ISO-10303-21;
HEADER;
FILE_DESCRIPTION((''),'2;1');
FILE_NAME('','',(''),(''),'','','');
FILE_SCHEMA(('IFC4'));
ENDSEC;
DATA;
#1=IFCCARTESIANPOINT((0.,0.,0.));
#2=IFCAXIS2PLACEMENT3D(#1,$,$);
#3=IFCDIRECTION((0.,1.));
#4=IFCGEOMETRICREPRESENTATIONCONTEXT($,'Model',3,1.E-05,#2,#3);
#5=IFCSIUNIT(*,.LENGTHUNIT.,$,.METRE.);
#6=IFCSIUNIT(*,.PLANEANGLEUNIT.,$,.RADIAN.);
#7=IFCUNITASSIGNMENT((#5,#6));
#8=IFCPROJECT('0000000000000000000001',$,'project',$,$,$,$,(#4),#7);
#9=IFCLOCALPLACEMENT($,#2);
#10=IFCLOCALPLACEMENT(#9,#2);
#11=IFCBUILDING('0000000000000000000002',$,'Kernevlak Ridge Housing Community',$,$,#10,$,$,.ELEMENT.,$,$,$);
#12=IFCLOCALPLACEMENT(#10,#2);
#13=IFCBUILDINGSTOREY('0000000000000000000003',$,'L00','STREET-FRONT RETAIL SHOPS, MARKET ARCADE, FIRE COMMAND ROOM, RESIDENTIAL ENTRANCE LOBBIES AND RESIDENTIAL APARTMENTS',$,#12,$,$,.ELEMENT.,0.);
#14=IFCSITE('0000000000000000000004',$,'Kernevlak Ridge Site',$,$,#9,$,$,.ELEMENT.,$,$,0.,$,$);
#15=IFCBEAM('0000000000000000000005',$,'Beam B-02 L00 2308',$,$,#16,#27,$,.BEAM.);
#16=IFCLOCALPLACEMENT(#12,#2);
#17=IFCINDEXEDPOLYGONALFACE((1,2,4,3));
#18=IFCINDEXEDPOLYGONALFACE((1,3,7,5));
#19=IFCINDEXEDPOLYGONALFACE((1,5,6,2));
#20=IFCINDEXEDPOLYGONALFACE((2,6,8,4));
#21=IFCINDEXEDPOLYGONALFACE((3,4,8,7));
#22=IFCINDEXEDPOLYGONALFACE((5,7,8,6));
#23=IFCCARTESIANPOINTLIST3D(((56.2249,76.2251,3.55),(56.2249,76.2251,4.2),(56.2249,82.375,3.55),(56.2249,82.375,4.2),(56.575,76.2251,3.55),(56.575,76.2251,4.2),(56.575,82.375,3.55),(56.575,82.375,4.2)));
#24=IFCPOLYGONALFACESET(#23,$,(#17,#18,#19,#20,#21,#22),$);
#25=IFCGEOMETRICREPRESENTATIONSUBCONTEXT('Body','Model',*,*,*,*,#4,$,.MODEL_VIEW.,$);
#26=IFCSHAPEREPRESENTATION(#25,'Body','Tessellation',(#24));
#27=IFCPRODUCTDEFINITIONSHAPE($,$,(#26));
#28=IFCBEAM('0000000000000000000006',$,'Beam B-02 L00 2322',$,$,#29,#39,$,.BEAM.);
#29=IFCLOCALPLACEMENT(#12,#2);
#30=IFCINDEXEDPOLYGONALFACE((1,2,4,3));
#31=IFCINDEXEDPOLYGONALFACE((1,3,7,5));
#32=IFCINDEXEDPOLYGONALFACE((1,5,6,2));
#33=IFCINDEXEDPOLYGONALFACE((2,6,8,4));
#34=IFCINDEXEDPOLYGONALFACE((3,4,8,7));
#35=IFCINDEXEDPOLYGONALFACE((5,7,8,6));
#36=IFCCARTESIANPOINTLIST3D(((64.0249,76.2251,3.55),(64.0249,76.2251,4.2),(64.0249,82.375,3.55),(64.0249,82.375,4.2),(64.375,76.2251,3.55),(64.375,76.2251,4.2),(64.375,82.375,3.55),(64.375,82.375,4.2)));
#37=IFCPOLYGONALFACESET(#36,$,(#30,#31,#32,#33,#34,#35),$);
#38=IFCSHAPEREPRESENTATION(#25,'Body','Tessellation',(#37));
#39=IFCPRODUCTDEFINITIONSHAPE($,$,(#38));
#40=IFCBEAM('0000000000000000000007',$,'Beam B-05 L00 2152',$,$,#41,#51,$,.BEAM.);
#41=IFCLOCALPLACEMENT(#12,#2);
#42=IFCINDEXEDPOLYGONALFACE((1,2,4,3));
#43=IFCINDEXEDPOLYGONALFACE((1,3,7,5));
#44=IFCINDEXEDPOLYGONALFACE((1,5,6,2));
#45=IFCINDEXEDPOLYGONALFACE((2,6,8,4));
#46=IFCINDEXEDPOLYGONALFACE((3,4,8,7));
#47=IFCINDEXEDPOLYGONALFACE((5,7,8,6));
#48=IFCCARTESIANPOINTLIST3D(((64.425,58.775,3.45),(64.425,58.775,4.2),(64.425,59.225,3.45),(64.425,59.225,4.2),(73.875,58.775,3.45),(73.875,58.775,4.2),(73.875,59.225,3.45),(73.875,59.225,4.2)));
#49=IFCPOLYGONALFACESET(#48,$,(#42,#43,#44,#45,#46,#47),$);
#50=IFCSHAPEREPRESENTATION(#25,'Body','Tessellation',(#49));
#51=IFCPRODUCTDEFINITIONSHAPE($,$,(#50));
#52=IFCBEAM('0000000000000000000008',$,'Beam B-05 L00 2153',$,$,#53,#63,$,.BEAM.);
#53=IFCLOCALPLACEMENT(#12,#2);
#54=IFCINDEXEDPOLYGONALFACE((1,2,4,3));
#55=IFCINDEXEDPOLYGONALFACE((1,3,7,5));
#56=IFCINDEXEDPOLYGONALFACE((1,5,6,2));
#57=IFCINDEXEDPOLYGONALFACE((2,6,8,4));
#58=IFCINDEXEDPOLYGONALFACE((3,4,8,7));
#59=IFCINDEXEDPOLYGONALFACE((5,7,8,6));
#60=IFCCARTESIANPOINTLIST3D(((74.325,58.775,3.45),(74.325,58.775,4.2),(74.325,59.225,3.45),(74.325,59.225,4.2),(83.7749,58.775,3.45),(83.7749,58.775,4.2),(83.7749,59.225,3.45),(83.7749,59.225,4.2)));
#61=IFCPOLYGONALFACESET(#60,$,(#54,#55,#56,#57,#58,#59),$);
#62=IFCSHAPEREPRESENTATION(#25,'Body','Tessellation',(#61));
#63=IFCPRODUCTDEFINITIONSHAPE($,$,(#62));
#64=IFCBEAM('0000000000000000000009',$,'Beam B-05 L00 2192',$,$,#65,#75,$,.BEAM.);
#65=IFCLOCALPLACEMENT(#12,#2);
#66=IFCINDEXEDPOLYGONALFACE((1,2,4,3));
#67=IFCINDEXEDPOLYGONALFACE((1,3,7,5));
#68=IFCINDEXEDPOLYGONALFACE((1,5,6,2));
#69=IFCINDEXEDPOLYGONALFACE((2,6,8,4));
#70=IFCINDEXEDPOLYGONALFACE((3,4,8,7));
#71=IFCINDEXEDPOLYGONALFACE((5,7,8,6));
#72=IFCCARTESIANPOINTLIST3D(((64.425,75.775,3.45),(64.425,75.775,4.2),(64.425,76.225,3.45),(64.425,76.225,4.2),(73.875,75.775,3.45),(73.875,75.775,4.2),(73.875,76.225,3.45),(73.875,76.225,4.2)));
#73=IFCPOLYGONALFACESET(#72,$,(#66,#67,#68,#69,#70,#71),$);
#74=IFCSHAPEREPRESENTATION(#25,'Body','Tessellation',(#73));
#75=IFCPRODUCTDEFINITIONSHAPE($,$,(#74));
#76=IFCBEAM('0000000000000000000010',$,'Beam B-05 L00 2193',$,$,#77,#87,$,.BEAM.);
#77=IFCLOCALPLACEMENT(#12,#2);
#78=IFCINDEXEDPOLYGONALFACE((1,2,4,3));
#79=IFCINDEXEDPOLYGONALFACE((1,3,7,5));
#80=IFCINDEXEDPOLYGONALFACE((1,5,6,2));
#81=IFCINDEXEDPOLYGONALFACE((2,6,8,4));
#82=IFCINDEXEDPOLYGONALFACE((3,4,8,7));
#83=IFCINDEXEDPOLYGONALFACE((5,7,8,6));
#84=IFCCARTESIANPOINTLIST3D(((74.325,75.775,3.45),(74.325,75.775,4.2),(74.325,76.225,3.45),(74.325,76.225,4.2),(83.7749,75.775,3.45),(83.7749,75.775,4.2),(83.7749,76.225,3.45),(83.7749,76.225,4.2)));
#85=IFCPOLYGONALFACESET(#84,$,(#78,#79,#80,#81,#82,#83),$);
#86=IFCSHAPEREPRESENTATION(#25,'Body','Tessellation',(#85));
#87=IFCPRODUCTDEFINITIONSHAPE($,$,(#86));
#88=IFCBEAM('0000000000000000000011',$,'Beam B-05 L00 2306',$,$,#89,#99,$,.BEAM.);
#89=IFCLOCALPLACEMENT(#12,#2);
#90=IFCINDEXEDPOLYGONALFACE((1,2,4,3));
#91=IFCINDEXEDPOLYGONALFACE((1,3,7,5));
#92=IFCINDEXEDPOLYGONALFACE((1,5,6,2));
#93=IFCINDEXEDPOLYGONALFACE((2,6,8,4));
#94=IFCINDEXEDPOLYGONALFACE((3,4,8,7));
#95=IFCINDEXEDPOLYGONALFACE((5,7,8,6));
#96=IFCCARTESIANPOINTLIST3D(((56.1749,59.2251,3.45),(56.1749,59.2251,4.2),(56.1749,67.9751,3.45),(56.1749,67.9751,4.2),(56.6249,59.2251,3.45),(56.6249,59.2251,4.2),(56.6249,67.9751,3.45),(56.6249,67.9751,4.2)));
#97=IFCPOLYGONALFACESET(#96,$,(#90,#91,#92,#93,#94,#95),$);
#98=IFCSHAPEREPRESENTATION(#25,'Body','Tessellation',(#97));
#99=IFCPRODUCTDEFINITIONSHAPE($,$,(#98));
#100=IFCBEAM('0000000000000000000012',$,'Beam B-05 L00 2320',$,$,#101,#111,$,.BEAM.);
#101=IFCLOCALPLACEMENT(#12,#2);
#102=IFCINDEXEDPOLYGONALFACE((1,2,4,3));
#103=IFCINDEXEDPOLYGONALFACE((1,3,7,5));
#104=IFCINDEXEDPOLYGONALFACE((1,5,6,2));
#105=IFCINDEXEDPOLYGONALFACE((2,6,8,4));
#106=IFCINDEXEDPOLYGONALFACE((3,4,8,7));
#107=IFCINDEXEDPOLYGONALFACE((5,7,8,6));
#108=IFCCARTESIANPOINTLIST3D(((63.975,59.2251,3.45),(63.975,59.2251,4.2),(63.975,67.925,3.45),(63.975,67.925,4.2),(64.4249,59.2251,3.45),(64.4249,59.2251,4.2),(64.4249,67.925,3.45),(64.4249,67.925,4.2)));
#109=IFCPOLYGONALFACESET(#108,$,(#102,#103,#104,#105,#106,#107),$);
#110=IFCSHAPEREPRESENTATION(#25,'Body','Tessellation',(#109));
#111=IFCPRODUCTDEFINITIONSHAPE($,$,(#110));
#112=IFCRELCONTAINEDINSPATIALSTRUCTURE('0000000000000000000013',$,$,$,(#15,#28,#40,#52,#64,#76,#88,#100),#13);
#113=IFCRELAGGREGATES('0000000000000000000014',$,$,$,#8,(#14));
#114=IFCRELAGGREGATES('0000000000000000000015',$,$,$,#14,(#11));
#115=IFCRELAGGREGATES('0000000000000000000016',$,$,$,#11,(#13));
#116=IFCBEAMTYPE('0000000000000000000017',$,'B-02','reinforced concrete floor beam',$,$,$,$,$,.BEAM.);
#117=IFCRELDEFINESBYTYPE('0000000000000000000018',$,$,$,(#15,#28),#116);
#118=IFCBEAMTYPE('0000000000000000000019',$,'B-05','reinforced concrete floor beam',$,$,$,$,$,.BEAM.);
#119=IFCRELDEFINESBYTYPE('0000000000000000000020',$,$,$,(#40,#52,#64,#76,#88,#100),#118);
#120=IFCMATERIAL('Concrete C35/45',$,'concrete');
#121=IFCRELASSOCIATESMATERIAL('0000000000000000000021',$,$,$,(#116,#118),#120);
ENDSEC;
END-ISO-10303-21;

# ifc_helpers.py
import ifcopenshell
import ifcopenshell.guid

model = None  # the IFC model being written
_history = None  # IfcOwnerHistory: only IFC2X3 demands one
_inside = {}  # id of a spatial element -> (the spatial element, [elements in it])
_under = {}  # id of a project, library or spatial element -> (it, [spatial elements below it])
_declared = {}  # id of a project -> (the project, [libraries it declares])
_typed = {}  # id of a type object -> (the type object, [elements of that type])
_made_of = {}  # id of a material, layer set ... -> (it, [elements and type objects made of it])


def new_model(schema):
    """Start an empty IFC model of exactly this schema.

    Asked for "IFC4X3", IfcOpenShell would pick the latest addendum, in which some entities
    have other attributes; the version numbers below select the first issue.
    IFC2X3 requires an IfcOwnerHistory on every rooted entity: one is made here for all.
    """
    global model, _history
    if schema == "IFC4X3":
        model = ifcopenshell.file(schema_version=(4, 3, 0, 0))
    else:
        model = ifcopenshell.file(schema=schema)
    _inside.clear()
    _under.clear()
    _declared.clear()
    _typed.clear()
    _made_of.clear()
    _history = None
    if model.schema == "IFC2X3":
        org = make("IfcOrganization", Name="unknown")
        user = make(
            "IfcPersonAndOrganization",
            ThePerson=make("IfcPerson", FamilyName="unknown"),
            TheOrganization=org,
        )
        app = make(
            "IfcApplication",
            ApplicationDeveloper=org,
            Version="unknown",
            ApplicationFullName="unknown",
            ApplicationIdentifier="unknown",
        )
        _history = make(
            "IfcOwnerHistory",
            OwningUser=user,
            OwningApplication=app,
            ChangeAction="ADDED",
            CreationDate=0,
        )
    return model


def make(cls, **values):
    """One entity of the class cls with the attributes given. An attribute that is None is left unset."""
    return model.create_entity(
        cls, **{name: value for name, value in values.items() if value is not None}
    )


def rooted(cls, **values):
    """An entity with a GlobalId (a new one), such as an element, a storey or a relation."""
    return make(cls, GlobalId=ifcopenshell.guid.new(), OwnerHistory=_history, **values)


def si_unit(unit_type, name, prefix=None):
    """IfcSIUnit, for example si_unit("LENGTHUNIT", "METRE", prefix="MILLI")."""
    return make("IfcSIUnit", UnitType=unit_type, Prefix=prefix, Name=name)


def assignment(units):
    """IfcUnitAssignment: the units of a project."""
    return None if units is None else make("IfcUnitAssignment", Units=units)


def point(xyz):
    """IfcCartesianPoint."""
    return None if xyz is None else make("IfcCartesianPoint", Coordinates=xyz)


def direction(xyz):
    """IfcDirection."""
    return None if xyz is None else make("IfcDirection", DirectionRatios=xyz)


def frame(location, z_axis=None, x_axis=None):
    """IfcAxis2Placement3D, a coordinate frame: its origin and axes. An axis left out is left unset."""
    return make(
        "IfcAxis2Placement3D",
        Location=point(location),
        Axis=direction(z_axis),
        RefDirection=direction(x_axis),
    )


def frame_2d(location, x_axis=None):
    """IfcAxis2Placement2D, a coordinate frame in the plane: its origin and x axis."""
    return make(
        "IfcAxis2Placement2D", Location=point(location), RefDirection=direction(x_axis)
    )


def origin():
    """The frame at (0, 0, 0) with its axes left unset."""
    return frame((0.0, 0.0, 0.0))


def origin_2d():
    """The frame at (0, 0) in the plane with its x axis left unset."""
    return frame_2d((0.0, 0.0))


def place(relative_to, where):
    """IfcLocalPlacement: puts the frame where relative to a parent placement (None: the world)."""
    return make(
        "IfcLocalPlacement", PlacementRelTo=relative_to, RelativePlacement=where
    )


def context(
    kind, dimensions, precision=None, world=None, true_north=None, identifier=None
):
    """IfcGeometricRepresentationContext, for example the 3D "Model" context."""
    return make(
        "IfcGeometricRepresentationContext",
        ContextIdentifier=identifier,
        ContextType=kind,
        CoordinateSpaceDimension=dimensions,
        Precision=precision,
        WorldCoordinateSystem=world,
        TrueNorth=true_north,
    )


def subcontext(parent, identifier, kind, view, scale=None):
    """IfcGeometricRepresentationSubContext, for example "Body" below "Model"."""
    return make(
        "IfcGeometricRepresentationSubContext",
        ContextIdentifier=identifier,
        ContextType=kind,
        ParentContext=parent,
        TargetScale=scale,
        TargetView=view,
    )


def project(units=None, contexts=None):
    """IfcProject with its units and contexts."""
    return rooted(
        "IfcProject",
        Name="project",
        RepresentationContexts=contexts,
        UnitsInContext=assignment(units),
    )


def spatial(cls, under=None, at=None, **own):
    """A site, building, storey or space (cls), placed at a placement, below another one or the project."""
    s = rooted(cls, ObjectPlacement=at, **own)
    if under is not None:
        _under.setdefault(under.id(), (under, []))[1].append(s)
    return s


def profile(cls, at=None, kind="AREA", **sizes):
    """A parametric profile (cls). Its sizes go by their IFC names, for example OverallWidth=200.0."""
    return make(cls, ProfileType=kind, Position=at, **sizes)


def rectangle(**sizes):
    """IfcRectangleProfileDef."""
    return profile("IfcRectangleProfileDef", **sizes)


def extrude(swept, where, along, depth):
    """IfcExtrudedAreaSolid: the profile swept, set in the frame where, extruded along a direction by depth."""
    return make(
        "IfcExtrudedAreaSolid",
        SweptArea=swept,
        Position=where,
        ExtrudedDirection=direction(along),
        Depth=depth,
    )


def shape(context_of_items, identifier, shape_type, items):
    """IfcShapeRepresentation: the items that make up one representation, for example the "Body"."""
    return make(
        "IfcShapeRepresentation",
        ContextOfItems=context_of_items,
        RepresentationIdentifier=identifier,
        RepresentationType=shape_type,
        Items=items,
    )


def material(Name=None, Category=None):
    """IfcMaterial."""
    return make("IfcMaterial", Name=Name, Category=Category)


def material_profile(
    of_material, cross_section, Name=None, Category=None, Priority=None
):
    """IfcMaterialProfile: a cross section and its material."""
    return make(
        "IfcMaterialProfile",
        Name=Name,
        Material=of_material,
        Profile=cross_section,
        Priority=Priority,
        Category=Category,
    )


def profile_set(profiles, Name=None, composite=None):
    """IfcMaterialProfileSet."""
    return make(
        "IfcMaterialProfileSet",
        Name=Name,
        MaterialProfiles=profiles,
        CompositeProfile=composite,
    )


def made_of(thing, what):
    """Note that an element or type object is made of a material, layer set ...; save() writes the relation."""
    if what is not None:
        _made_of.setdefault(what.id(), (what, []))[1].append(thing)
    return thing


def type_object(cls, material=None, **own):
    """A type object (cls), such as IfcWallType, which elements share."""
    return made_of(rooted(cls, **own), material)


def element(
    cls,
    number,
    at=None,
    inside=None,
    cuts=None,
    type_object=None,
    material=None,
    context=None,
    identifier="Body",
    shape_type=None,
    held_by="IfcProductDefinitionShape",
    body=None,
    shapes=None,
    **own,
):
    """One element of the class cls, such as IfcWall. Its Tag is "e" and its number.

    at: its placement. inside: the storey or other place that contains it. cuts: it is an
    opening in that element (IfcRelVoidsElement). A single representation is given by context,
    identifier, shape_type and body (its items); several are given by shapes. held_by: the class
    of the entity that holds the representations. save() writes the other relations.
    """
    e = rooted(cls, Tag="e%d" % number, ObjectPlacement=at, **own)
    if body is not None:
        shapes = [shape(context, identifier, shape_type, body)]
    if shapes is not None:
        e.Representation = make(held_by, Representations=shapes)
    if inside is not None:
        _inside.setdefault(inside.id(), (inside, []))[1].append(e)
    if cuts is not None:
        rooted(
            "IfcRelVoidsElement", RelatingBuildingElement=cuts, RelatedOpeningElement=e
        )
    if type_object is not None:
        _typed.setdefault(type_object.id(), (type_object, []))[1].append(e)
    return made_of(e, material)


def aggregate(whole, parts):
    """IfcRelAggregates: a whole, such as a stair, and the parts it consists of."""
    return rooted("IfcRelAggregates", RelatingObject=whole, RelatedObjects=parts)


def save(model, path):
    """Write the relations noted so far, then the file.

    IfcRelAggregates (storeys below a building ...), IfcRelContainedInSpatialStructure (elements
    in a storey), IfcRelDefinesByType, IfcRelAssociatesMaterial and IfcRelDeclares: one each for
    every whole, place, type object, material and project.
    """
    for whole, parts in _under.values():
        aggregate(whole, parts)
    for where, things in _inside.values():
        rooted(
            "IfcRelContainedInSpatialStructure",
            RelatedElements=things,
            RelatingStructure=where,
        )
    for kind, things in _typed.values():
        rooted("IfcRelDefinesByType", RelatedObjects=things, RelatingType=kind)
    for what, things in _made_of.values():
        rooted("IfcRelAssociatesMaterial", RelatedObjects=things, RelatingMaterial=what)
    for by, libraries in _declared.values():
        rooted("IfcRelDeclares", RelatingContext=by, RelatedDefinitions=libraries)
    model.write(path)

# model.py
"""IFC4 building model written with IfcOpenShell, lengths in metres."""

from ifc_helpers import new_model, si_unit, direction, frame, origin, origin_2d, place, context, subcontext, project, spatial, rectangle, extrude, material, material_profile, profile_set, type_object, element, save


model = new_model("IFC4")

# Units and contexts
model_context = context("Model", 3, precision=1e-05, world=origin(), true_north=direction((0.0, 1.0)))
body_context = subcontext(model_context, "Body", "Model", "MODEL_VIEW")
ifc_project = project(units=[si_unit("LENGTHUNIT", "METRE"), si_unit("PLANEANGLEUNIT", "RADIAN")], contexts=[model_context])

# Site, building, storey
site_placement = place(None, origin())
site = spatial("IfcSite", under=ifc_project, at=site_placement, Name="Kernevlak Ridge Site", CompositionType="ELEMENT", RefElevation=0.0)
building_placement = place(site_placement, origin())
building = spatial("IfcBuilding", under=site, at=building_placement, Name="Kernevlak Ridge Housing Community", CompositionType="ELEMENT")
storey_placement = place(building_placement, origin())
storey = spatial("IfcBuildingStorey", under=building, at=storey_placement, Name="L00", Description="STREET-FRONT RETAIL SHOPS, MARKET ARCADE, FIRE COMMAND ROOM, RESIDENTIAL ENTRANCE LOBBIES AND RESIDENTIAL APARTMENTS", CompositionType="ELEMENT", Elevation=0.0)

# Shared definitions
ifc_material_1 = material(Name="Concrete C35/45", Category="concrete")

# Beams
ifc_material_profile_1 = material_profile(ifc_material_1, rectangle(XDim=0.3501, YDim=0.6499, at=origin_2d()), Name="RC 350x650")
ifc_profile_set_1 = profile_set([ifc_material_profile_1], Name="Concrete C35/45")
beam_type_1 = type_object("IfcBeamType", Name="B-02", Description="reinforced concrete floor beam", PredefinedType="BEAM", material=ifc_profile_set_1)
for number, where, z_axis, x_axis, name in (
    (1, (56.3999, 76.2251, 3.875), (0.0, 1.0, 0.0), (-1.0, 0.0, 0.0), "Beam B-02 L00 2308"),
    (2, (64.2, 76.2251, 3.875), (0.0, 1.0, 0.0), (-1.0, 0.0, 0.0), "Beam B-02 L00 2322"),
):
    element("IfcBeam", number, at=place(storey_placement, frame(where, z_axis=z_axis, x_axis=x_axis)), inside=storey, type_object=beam_type_1, Name=name, PredefinedType="BEAM", context=body_context, shape_type="SweptSolid", body=[
        extrude(rectangle(XDim=0.3501, YDim=0.6499, at=origin_2d()), origin(), (0.0, 0.0, 1.0), 6.1499),
    ])
ifc_material_profile_2 = material_profile(ifc_material_1, rectangle(XDim=0.45, YDim=0.75, at=origin_2d()), Name="RC 450x750")
ifc_profile_set_2 = profile_set([ifc_material_profile_2], Name="Concrete C35/45")
beam_type_2 = type_object("IfcBeamType", Name="B-05", Description="reinforced concrete floor beam", PredefinedType="BEAM", material=ifc_profile_set_2)
for number, where, z_axis, x_axis, name in (
    (3, (64.425, 59.0, 3.825), (1.0, 0.0, 0.0), (0.0, 1.0, 0.0), "Beam B-05 L00 2152"),
    (4, (74.325, 59.0, 3.825), (1.0, 0.0, 0.0), (0.0, 1.0, 0.0), "Beam B-05 L00 2153"),
    (5, (64.425, 76.0, 3.825), (1.0, 0.0, 0.0), (0.0, 1.0, 0.0), "Beam B-05 L00 2192"),
    (6, (74.325, 76.0, 3.825), (1.0, 0.0, 0.0), (0.0, 1.0, 0.0), "Beam B-05 L00 2193"),
):
    element("IfcBeam", number, at=place(storey_placement, frame(where, z_axis=z_axis, x_axis=x_axis)), inside=storey, type_object=beam_type_2, Name=name, PredefinedType="BEAM", context=body_context, shape_type="SweptSolid", body=[
        extrude(rectangle(XDim=0.45, YDim=0.75, at=origin_2d()), origin(), (0.0, 0.0, 1.0), 9.45),
    ])
beam_1_placement = place(storey_placement, frame((56.3999, 59.2251, 3.825), z_axis=(0.0, 1.0, 0.0), x_axis=(-1.0, 0.0, 0.0)))
element("IfcBeam", 7, at=beam_1_placement, inside=storey, type_object=beam_type_2, Name="Beam B-05 L00 2306", PredefinedType="BEAM", context=body_context, shape_type="SweptSolid", body=[
    extrude(rectangle(XDim=0.45, YDim=0.75, at=origin_2d()), origin(), (0.0, 0.0, 1.0), 8.75),
])
beam_2_placement = place(storey_placement, frame((64.2, 59.2251, 3.825), z_axis=(0.0, 1.0, 0.0), x_axis=(-1.0, 0.0, 0.0)))
element("IfcBeam", 8, at=beam_2_placement, inside=storey, type_object=beam_type_2, Name="Beam B-05 L00 2320", PredefinedType="BEAM", context=body_context, shape_type="SweptSolid", body=[
    extrude(rectangle(XDim=0.45, YDim=0.75, at=origin_2d()), origin(), (0.0, 0.0, 1.0), 8.7),
])

save(model, "model.ifc")
